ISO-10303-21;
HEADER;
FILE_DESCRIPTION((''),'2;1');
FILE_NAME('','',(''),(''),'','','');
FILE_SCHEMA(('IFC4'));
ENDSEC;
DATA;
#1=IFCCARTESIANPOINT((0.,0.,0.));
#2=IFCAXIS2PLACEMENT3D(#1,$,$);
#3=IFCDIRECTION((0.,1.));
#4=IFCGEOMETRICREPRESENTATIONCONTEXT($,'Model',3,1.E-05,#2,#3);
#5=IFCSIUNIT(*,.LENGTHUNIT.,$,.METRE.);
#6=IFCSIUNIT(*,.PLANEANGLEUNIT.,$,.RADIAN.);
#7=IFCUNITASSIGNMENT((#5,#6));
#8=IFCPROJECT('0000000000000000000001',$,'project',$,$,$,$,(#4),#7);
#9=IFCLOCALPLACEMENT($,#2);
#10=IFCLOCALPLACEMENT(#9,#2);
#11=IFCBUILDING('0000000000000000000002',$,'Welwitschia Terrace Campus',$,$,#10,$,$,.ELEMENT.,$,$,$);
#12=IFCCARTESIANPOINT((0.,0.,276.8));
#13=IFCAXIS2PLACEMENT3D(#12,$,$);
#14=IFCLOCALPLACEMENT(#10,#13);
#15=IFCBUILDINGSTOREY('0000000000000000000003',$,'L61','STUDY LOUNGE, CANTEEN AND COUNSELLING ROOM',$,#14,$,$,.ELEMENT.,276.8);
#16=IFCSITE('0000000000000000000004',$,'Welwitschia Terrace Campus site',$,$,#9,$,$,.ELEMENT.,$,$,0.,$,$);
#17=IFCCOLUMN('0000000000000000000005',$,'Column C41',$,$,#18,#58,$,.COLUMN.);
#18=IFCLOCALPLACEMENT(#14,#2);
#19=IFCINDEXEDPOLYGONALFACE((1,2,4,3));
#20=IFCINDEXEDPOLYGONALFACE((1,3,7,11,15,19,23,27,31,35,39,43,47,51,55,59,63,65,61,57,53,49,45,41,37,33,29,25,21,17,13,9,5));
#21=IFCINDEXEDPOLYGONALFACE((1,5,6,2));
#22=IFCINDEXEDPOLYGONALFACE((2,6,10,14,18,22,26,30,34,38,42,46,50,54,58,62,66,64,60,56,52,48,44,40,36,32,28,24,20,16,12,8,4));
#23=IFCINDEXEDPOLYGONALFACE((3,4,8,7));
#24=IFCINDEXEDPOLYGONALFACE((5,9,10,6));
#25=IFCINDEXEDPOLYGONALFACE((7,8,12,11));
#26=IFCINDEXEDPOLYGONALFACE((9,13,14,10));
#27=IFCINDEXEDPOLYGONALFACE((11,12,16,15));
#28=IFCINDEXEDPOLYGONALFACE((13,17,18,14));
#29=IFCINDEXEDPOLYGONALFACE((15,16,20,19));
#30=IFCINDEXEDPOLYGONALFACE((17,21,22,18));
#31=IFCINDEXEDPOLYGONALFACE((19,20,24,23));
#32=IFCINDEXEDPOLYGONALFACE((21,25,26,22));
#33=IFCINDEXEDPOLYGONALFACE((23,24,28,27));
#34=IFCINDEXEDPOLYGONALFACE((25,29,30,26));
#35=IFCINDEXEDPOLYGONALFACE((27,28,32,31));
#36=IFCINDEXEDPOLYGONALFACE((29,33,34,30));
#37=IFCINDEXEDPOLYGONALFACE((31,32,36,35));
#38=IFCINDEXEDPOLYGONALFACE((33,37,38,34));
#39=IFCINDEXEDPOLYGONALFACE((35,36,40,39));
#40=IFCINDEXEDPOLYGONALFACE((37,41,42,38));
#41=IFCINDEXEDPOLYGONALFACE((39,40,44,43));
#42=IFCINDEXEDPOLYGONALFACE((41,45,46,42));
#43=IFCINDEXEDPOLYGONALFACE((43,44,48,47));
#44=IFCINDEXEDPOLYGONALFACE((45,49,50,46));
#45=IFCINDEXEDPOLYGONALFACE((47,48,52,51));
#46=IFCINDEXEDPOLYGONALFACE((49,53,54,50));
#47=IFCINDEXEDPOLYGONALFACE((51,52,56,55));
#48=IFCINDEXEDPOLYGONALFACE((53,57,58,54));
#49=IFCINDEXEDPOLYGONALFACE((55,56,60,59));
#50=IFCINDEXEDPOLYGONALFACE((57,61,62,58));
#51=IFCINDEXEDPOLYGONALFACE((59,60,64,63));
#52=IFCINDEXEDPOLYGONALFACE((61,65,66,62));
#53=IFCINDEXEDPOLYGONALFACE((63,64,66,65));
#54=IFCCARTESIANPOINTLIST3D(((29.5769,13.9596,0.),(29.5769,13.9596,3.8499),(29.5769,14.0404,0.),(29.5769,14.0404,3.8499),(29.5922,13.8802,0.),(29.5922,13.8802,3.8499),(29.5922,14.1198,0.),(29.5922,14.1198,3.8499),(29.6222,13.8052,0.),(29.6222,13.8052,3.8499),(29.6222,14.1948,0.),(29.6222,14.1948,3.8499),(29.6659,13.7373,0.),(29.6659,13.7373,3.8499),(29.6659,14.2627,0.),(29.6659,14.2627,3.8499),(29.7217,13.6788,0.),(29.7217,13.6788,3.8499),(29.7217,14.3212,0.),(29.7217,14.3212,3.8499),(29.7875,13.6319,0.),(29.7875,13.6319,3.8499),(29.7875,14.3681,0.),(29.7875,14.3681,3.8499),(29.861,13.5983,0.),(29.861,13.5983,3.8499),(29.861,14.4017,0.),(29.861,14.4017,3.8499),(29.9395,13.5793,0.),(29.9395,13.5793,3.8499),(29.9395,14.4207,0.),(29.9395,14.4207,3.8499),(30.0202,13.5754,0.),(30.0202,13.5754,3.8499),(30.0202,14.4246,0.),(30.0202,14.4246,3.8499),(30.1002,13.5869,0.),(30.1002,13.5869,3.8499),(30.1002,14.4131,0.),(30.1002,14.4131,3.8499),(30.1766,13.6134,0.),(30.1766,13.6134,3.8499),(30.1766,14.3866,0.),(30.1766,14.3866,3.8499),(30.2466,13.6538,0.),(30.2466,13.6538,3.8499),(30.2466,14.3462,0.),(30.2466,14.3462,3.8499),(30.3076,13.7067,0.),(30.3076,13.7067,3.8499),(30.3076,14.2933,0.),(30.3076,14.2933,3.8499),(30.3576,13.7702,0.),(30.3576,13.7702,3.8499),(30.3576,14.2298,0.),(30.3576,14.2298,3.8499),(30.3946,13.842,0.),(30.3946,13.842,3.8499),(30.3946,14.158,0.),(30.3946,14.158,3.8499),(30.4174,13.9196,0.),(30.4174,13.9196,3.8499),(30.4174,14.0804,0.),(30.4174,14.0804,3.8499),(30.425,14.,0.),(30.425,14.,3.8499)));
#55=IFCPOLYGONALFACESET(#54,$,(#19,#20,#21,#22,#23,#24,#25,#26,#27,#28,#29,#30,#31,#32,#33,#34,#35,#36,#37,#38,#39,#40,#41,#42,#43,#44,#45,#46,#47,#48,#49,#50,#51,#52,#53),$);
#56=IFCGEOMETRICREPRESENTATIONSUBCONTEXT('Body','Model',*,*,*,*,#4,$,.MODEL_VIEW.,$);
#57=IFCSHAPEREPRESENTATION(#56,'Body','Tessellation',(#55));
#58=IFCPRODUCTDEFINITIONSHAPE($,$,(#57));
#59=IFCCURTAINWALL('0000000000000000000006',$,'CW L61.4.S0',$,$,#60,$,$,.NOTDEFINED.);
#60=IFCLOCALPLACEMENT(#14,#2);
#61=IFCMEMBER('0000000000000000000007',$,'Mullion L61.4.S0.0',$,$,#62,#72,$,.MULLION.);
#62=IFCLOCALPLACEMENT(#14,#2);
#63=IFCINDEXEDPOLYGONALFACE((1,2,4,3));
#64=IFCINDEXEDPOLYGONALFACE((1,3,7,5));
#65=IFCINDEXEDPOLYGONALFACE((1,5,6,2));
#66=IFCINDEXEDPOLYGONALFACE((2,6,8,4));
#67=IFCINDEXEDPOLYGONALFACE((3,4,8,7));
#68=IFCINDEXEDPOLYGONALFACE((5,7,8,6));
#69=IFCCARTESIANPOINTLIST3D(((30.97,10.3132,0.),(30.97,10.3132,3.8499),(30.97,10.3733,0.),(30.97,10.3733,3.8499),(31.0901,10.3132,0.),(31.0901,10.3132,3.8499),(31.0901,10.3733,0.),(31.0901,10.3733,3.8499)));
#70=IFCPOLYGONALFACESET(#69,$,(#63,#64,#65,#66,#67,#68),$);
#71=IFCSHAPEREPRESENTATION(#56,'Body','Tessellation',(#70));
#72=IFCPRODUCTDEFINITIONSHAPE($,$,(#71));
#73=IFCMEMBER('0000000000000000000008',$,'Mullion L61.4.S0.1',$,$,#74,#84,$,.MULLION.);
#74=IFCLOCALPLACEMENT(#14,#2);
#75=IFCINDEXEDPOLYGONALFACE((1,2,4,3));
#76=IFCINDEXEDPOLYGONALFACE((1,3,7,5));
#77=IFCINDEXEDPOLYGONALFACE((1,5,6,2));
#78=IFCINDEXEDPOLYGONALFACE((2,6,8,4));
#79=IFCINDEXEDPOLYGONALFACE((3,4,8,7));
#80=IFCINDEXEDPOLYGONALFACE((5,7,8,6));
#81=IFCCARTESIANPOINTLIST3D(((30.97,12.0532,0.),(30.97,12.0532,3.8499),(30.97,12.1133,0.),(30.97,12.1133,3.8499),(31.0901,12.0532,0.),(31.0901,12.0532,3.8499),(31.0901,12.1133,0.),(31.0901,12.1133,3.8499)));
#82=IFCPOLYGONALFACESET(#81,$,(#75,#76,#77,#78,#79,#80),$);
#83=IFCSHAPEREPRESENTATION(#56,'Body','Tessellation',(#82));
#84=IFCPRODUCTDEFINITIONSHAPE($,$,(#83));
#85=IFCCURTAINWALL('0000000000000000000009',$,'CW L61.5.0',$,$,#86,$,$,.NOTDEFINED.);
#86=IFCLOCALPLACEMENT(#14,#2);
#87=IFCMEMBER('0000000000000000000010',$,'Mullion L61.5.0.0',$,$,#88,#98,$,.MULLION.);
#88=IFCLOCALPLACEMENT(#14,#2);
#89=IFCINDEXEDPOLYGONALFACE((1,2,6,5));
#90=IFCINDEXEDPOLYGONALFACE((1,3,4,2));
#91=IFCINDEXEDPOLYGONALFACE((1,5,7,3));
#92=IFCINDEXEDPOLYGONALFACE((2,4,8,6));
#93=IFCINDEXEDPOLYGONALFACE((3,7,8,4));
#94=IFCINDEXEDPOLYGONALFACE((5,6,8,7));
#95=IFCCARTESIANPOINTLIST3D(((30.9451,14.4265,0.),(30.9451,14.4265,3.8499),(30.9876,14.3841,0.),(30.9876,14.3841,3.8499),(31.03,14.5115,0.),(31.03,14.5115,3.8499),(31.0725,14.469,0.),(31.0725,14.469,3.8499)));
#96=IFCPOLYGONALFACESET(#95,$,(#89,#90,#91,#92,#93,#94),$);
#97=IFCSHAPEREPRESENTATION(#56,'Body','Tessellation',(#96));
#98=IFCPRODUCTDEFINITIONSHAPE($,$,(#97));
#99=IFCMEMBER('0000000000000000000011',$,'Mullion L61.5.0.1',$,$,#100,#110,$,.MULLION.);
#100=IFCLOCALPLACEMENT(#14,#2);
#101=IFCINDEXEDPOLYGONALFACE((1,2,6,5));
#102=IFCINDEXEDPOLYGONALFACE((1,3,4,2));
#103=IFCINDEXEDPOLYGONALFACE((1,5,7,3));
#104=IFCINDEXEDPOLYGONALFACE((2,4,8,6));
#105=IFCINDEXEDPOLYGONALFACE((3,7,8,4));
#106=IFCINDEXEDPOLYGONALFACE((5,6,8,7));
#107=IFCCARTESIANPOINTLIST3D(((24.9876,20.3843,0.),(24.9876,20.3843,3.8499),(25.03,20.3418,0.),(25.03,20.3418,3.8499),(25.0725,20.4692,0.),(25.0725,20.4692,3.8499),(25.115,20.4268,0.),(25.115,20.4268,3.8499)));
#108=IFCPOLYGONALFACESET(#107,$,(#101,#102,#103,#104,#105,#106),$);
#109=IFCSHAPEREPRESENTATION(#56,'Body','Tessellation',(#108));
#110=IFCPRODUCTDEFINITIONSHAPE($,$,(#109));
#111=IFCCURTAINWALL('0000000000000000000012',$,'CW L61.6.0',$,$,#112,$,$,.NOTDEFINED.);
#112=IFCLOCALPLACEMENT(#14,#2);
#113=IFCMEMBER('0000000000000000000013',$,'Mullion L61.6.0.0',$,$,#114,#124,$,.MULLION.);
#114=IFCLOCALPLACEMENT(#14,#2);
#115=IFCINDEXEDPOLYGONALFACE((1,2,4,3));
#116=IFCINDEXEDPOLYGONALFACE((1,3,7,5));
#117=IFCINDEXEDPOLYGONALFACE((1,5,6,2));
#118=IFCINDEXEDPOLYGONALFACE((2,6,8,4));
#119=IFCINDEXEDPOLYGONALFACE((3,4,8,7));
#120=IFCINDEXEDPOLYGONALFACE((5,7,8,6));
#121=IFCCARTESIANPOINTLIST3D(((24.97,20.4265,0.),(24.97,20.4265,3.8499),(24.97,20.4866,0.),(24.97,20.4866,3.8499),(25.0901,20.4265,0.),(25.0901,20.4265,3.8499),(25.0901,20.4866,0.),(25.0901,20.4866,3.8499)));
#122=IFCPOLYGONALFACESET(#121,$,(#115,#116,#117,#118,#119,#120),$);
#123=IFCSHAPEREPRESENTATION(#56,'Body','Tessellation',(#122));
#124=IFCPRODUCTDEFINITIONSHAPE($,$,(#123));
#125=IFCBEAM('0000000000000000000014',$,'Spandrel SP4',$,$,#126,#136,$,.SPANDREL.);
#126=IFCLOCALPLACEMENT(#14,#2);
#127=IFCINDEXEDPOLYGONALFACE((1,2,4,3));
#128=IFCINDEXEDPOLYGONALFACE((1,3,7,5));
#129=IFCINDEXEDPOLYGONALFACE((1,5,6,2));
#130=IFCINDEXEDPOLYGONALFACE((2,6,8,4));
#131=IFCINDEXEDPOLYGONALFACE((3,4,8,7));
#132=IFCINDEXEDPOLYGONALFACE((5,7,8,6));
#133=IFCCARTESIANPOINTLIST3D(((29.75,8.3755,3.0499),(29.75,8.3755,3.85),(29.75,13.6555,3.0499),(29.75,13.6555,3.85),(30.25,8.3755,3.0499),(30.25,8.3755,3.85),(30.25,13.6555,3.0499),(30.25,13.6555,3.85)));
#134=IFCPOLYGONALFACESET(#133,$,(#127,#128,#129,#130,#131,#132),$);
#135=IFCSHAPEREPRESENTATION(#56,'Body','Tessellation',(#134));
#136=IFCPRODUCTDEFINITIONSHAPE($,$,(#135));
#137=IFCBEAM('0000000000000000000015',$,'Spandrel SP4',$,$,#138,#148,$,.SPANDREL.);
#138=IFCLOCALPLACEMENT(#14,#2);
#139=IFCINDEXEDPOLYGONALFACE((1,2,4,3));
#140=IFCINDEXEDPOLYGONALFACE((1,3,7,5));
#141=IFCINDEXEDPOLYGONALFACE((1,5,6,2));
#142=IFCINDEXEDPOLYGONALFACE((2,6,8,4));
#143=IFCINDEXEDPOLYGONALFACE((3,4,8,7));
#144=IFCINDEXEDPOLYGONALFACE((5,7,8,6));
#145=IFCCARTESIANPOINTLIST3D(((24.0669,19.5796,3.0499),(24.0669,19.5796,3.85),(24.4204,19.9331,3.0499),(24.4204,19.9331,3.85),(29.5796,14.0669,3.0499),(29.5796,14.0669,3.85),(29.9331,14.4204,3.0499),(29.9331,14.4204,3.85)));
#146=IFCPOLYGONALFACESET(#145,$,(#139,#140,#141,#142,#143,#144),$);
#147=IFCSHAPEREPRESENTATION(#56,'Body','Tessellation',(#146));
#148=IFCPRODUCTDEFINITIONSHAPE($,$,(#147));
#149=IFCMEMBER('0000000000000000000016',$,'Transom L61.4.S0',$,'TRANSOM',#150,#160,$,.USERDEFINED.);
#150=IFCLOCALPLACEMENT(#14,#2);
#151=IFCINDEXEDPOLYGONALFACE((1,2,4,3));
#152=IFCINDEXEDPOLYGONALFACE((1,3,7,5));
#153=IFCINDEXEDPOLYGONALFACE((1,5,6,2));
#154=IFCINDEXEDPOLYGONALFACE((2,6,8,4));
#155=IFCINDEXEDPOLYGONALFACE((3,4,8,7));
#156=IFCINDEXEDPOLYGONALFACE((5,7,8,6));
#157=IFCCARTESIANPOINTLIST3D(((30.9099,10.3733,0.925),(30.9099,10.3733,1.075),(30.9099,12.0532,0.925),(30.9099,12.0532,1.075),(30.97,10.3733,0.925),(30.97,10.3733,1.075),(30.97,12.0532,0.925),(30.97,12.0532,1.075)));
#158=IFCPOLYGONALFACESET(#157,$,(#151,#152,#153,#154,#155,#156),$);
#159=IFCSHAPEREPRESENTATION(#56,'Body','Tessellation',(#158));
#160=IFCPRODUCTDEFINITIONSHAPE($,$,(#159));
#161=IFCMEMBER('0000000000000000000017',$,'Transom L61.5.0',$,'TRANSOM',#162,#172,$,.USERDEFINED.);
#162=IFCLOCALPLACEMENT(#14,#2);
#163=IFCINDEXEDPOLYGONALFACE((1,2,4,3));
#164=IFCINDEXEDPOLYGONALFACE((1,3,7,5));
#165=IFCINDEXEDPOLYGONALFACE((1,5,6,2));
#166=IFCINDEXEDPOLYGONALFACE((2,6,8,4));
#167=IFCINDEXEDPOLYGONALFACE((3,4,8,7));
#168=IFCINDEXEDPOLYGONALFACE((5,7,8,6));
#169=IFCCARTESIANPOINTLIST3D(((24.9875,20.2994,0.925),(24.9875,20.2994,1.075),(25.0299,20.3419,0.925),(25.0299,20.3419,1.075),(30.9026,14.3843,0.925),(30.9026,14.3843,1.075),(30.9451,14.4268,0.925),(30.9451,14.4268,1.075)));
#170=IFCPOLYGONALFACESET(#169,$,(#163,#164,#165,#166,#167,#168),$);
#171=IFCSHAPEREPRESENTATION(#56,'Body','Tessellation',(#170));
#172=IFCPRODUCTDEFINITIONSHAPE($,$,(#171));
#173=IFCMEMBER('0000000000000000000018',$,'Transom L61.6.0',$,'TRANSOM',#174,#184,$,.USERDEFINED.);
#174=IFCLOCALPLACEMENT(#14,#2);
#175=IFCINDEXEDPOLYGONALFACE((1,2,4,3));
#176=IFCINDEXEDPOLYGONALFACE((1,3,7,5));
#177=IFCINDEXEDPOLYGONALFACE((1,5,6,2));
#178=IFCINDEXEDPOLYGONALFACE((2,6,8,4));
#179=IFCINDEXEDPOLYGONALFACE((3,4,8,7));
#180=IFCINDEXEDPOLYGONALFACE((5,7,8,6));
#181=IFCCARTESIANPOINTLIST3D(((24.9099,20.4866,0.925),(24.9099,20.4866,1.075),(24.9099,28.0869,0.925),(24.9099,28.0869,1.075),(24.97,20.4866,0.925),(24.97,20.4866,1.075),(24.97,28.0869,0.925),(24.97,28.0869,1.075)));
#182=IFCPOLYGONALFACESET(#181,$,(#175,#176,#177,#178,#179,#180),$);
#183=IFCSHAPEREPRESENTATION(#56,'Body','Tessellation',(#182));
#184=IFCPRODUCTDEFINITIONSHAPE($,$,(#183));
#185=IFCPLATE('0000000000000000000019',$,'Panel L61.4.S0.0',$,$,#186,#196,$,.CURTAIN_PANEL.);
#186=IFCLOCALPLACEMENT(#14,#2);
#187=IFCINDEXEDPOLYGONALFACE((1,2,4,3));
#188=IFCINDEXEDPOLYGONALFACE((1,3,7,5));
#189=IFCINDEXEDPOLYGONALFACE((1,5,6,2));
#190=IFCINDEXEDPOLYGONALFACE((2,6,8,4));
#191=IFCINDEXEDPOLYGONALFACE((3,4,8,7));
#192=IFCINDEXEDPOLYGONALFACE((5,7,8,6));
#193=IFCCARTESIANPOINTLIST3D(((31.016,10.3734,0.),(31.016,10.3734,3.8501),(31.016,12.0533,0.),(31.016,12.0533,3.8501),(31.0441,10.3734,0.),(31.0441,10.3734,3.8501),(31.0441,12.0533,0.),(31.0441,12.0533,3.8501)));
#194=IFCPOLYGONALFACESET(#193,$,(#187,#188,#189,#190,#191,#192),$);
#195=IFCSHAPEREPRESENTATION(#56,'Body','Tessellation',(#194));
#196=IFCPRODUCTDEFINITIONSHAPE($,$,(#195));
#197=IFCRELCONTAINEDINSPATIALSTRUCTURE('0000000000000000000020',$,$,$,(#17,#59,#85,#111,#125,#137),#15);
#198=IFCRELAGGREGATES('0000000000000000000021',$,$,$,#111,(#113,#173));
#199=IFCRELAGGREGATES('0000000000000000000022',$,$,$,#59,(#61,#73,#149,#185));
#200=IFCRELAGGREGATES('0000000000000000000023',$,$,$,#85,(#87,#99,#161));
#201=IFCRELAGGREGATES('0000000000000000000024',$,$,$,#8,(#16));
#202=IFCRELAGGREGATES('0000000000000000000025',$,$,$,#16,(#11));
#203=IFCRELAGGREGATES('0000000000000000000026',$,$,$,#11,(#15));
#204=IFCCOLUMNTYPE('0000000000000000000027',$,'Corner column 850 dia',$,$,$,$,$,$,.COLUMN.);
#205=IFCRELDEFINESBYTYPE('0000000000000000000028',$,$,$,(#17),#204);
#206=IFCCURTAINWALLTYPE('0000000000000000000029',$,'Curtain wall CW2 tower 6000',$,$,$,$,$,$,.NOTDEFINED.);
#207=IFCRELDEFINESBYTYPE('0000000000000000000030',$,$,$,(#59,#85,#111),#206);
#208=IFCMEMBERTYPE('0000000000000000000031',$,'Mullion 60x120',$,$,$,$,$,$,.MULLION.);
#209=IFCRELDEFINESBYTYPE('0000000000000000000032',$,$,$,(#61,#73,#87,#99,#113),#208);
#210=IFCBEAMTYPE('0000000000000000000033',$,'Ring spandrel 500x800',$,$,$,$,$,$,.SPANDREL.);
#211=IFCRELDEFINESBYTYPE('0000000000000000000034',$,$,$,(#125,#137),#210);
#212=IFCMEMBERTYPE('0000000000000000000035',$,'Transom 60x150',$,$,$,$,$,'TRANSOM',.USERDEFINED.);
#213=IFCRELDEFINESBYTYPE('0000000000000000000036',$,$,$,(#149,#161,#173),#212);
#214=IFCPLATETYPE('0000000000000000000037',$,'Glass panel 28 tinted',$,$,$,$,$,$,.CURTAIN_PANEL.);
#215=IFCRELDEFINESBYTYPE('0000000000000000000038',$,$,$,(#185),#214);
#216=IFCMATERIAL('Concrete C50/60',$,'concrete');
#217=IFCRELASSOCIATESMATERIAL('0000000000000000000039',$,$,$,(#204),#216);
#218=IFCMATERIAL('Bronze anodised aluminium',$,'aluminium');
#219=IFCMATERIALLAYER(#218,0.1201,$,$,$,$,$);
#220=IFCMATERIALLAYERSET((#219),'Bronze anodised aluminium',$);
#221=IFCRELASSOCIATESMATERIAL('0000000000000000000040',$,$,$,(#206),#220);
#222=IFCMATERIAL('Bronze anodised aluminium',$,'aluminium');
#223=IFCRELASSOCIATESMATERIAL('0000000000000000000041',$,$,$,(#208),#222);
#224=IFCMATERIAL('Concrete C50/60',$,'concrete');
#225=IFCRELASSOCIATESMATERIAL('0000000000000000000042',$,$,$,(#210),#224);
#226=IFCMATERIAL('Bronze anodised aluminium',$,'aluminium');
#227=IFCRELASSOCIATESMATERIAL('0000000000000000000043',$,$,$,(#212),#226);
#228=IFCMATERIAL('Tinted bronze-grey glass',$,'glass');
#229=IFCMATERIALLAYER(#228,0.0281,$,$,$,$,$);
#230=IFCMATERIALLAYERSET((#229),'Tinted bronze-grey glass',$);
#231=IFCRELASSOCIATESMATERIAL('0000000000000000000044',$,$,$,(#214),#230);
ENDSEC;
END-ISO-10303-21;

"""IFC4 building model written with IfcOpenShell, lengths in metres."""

from ifc_helpers import new_model, si_unit, direction, frame, origin, origin_2d, place, context, subcontext, project, spatial, rectangle, circle, extrude, material, layer, layer_set, material_profile, profile_set, type_object, element, aggregate, save


model = new_model("IFC4")

# Units and contexts
model_context = context("Model", 3, precision=1e-05, world=origin(), true_north=direction((0.0, 1.0)))
body_context = subcontext(model_context, "Body", "Model", "MODEL_VIEW")
ifc_project = project(units=[si_unit("LENGTHUNIT", "METRE"), si_unit("PLANEANGLEUNIT", "RADIAN")], contexts=[model_context])

# Site, building, storey
site_placement = place(None, origin())
site = spatial("IfcSite", under=ifc_project, at=site_placement, Name="Welwitschia Terrace Campus site", CompositionType="ELEMENT", RefElevation=0.0)
building_placement = place(site_placement, origin())
building = spatial("IfcBuilding", under=site, at=building_placement, Name="Welwitschia Terrace Campus", CompositionType="ELEMENT")
storey_placement = place(building_placement, frame((0.0, 0.0, 276.8)))
storey = spatial("IfcBuildingStorey", under=building, at=storey_placement, Name="L61", Description="STUDY LOUNGE, CANTEEN AND COUNSELLING ROOM", CompositionType="ELEMENT", Elevation=276.8)

# Column
ifc_material_1 = material(Name="Concrete C50/60", Category="concrete")
ifc_material_profile_1 = material_profile(ifc_material_1, circle(Radius=0.425, at=origin_2d()))
ifc_profile_set_1 = profile_set([ifc_material_profile_1], Name="Concrete C50/60")
column_type = type_object("IfcColumnType", Name="Corner column 850 dia", PredefinedType="COLUMN", material=ifc_profile_set_1)
column_placement = place(storey_placement, frame((30.0, 14.0, 0.0), z_axis=(0.0, 0.0, 1.0), x_axis=(1.0, 0.0, 0.0)))
element("IfcColumn", 1, at=column_placement, inside=storey, type_object=column_type, Name="Column C41", PredefinedType="COLUMN", context=body_context, shape_type="SweptSolid", body=[
    extrude(circle(Radius=0.425, at=origin_2d()), origin(), (0.0, 0.0, 1.0), 3.8499),
])

# Curtain walls, members
ifc_material_2 = material(Name="Bronze anodised aluminium", Category="aluminium")
ifc_layer_1 = layer(ifc_material_2, 0.1201)
ifc_layer_set_1 = layer_set([ifc_layer_1], Name="Bronze anodised aluminium")
curtain_wall_type = type_object("IfcCurtainWallType", Name="Curtain wall CW2 tower 6000", PredefinedType="NOTDEFINED", material=ifc_layer_set_1)
curtain_wall_1_placement = place(storey_placement, origin())
curtain_wall_1 = element("IfcCurtainWall", 2, at=curtain_wall_1_placement, inside=storey, type_object=curtain_wall_type, Name="CW L61.4.S0", PredefinedType="NOTDEFINED")
ifc_material_3 = material(Name="Bronze anodised aluminium", Category="aluminium")
ifc_material_profile_2 = material_profile(ifc_material_3, rectangle(XDim=0.1201, YDim=0.0601, at=origin_2d()))
ifc_profile_set_2 = profile_set([ifc_material_profile_2], Name="Bronze anodised aluminium")
member_type_1 = type_object("IfcMemberType", Name="Mullion 60x120", PredefinedType="MULLION", material=ifc_profile_set_2)
member_1_placement = place(storey_placement, frame((31.03, 10.3433, 0.0), z_axis=(0.0, 0.0, 1.0), x_axis=(-1.0, 0.0, 0.0)))
member_1 = element("IfcMember", 3, at=member_1_placement, type_object=member_type_1, Name="Mullion L61.4.S0.0", PredefinedType="MULLION", context=body_context, shape_type="SweptSolid", body=[
    extrude(rectangle(XDim=0.1201, YDim=0.0601, at=origin_2d()), origin(), (0.0, 0.0, 1.0), 3.8499),
])
member_2_placement = place(storey_placement, frame((31.03, 12.0833, 0.0), z_axis=(0.0, 0.0, 1.0), x_axis=(-1.0, 0.0, 0.0)))
member_2 = element("IfcMember", 4, at=member_2_placement, type_object=member_type_1, Name="Mullion L61.4.S0.1", PredefinedType="MULLION", context=body_context, shape_type="SweptSolid", body=[
    extrude(rectangle(XDim=0.1201, YDim=0.0601, at=origin_2d()), origin(), (0.0, 0.0, 1.0), 3.8499),
])
curtain_wall_2_placement = place(storey_placement, origin())
curtain_wall_2 = element("IfcCurtainWall", 5, at=curtain_wall_2_placement, inside=storey, type_object=curtain_wall_type, Name="CW L61.5.0", PredefinedType="NOTDEFINED")
member_3_placement = place(storey_placement, frame((31.0088, 14.4478, 0.0), z_axis=(0.0, 0.0, 1.0), x_axis=(-0.707107, -0.707107, 0.0)))
member_3 = element("IfcMember", 6, at=member_3_placement, type_object=member_type_1, Name="Mullion L61.5.0.0", PredefinedType="MULLION", context=body_context, shape_type="SweptSolid", body=[
    extrude(rectangle(XDim=0.1201, YDim=0.0601, at=origin_2d()), origin(), (0.0, 0.0, 1.0), 3.8499),
])
member_4_placement = place(storey_placement, frame((25.0513, 20.4055, 0.0), z_axis=(0.0, 0.0, 1.0), x_axis=(-0.707107, -0.707107, 0.0)))
member_4 = element("IfcMember", 7, at=member_4_placement, type_object=member_type_1, Name="Mullion L61.5.0.1", PredefinedType="MULLION", context=body_context, shape_type="SweptSolid", body=[
    extrude(rectangle(XDim=0.1201, YDim=0.0601, at=origin_2d()), origin(), (0.0, 0.0, 1.0), 3.8499),
])

# Curtain wall, member
curtain_wall_3_placement = place(storey_placement, origin())
curtain_wall_3 = element("IfcCurtainWall", 8, at=curtain_wall_3_placement, inside=storey, type_object=curtain_wall_type, Name="CW L61.6.0", PredefinedType="NOTDEFINED")
member_5_placement = place(storey_placement, frame((25.03, 20.4565, 0.0), z_axis=(0.0, 0.0, 1.0), x_axis=(-1.0, 0.0, 0.0)))
member_5 = element("IfcMember", 9, at=member_5_placement, type_object=member_type_1, Name="Mullion L61.6.0.0", PredefinedType="MULLION", context=body_context, shape_type="SweptSolid", body=[
    extrude(rectangle(XDim=0.1201, YDim=0.0601, at=origin_2d()), origin(), (0.0, 0.0, 1.0), 3.8499),
])

# Beams
ifc_material_4 = material(Name="Concrete C50/60", Category="concrete")
ifc_material_profile_3 = material_profile(ifc_material_4, rectangle(XDim=0.5, YDim=0.8, at=origin_2d()))
ifc_profile_set_3 = profile_set([ifc_material_profile_3], Name="Concrete C50/60")
beam_type = type_object("IfcBeamType", Name="Ring spandrel 500x800", PredefinedType="SPANDREL", material=ifc_profile_set_3)
beam_1_placement = place(storey_placement, frame((30.0, 8.3755, 3.45), z_axis=(0.0, 1.0, 0.0), x_axis=(-1.0, 0.0, 0.0)))
element("IfcBeam", 10, at=beam_1_placement, inside=storey, type_object=beam_type, Name="Spandrel SP4", PredefinedType="SPANDREL", context=body_context, shape_type="SweptSolid", body=[
    extrude(rectangle(XDim=0.5, YDim=0.8, at=origin_2d()), origin(), (0.0, 0.0, 1.0), 5.28),
])
beam_2_placement = place(storey_placement, frame((29.7563, 14.2437, 3.45), z_axis=(-0.707107, 0.707107, 0.0), x_axis=(-0.707107, -0.707107, 0.0)))
element("IfcBeam", 11, at=beam_2_placement, inside=storey, type_object=beam_type, Name="Spandrel SP4", PredefinedType="SPANDREL", context=body_context, shape_type="SweptSolid", body=[
    extrude(rectangle(XDim=0.5, YDim=0.8, at=origin_2d()), origin(), (0.0, 0.0, 1.0), 7.7961),
])

# Members
ifc_material_5 = material(Name="Bronze anodised aluminium", Category="aluminium")
ifc_material_profile_4 = material_profile(ifc_material_5, rectangle(XDim=0.0601, YDim=0.1499, at=origin_2d()))
ifc_profile_set_4 = profile_set([ifc_material_profile_4], Name="Bronze anodised aluminium")
member_type_2 = type_object("IfcMemberType", Name="Transom 60x150", ElementType="TRANSOM", PredefinedType="USERDEFINED", material=ifc_profile_set_4)
member_6_placement = place(storey_placement, frame((30.9399, 10.3733, 1.0), z_axis=(0.0, 1.0, 0.0), x_axis=(-1.0, 0.0, 0.0)))
member_6 = element("IfcMember", 12, at=member_6_placement, type_object=member_type_2, Name="Transom L61.4.S0", ObjectType="TRANSOM", PredefinedType="USERDEFINED", context=body_context, shape_type="SweptSolid", body=[
    extrude(rectangle(XDim=0.0601, YDim=0.1499, at=origin_2d()), origin(), (0.0, 0.0, 1.0), 1.6799),
])
member_7_placement = place(storey_placement, frame((30.9238, 14.4055, 1.0), z_axis=(-0.707107, 0.707107, 0.0), x_axis=(-0.707107, -0.707107, 0.0)))
member_7 = element("IfcMember", 13, at=member_7_placement, type_object=member_type_2, Name="Transom L61.5.0", ObjectType="TRANSOM", PredefinedType="USERDEFINED", context=body_context, shape_type="SweptSolid", body=[
    extrude(rectangle(XDim=0.0601, YDim=0.1499, at=origin_2d()), origin(), (0.0, 0.0, 1.0), 8.3652),
])
member_8_placement = place(storey_placement, frame((24.9399, 20.4866, 1.0), z_axis=(0.0, 1.0, 0.0), x_axis=(-1.0, 0.0, 0.0)))
member_8 = element("IfcMember", 14, at=member_8_placement, type_object=member_type_2, Name="Transom L61.6.0", ObjectType="TRANSOM", PredefinedType="USERDEFINED", context=body_context, shape_type="SweptSolid", body=[
    extrude(rectangle(XDim=0.0601, YDim=0.1499, at=origin_2d()), origin(), (0.0, 0.0, 1.0), 7.6003),
])
aggregate(curtain_wall_3, [member_5, member_8])

# Plate
ifc_material_6 = material(Name="Tinted bronze-grey glass", Category="glass")
ifc_layer_2 = layer(ifc_material_6, 0.0281)
ifc_layer_set_2 = layer_set([ifc_layer_2], Name="Tinted bronze-grey glass")
plate_type = type_object("IfcPlateType", Name="Glass panel 28 tinted", PredefinedType="CURTAIN_PANEL", material=ifc_layer_set_2)
plate_1_placement = place(storey_placement, frame((31.03, 11.2134, 0.0), z_axis=(0.0, 0.0, 1.0), x_axis=(0.0, 1.0, 0.0)))
plate_1 = element("IfcPlate", 15, at=plate_1_placement, type_object=plate_type, Name="Panel L61.4.S0.0", PredefinedType="CURTAIN_PANEL", context=body_context, shape_type="SweptSolid", body=[
    extrude(rectangle(XDim=1.6799, YDim=0.0281, at=origin_2d()), origin(), (0.0, 0.0, 1.0), 3.8501),
])
aggregate(curtain_wall_1, [member_1, member_2, member_6, plate_1])
aggregate(curtain_wall_2, [member_3, member_4, member_7])

save(model, "model.ifc")
